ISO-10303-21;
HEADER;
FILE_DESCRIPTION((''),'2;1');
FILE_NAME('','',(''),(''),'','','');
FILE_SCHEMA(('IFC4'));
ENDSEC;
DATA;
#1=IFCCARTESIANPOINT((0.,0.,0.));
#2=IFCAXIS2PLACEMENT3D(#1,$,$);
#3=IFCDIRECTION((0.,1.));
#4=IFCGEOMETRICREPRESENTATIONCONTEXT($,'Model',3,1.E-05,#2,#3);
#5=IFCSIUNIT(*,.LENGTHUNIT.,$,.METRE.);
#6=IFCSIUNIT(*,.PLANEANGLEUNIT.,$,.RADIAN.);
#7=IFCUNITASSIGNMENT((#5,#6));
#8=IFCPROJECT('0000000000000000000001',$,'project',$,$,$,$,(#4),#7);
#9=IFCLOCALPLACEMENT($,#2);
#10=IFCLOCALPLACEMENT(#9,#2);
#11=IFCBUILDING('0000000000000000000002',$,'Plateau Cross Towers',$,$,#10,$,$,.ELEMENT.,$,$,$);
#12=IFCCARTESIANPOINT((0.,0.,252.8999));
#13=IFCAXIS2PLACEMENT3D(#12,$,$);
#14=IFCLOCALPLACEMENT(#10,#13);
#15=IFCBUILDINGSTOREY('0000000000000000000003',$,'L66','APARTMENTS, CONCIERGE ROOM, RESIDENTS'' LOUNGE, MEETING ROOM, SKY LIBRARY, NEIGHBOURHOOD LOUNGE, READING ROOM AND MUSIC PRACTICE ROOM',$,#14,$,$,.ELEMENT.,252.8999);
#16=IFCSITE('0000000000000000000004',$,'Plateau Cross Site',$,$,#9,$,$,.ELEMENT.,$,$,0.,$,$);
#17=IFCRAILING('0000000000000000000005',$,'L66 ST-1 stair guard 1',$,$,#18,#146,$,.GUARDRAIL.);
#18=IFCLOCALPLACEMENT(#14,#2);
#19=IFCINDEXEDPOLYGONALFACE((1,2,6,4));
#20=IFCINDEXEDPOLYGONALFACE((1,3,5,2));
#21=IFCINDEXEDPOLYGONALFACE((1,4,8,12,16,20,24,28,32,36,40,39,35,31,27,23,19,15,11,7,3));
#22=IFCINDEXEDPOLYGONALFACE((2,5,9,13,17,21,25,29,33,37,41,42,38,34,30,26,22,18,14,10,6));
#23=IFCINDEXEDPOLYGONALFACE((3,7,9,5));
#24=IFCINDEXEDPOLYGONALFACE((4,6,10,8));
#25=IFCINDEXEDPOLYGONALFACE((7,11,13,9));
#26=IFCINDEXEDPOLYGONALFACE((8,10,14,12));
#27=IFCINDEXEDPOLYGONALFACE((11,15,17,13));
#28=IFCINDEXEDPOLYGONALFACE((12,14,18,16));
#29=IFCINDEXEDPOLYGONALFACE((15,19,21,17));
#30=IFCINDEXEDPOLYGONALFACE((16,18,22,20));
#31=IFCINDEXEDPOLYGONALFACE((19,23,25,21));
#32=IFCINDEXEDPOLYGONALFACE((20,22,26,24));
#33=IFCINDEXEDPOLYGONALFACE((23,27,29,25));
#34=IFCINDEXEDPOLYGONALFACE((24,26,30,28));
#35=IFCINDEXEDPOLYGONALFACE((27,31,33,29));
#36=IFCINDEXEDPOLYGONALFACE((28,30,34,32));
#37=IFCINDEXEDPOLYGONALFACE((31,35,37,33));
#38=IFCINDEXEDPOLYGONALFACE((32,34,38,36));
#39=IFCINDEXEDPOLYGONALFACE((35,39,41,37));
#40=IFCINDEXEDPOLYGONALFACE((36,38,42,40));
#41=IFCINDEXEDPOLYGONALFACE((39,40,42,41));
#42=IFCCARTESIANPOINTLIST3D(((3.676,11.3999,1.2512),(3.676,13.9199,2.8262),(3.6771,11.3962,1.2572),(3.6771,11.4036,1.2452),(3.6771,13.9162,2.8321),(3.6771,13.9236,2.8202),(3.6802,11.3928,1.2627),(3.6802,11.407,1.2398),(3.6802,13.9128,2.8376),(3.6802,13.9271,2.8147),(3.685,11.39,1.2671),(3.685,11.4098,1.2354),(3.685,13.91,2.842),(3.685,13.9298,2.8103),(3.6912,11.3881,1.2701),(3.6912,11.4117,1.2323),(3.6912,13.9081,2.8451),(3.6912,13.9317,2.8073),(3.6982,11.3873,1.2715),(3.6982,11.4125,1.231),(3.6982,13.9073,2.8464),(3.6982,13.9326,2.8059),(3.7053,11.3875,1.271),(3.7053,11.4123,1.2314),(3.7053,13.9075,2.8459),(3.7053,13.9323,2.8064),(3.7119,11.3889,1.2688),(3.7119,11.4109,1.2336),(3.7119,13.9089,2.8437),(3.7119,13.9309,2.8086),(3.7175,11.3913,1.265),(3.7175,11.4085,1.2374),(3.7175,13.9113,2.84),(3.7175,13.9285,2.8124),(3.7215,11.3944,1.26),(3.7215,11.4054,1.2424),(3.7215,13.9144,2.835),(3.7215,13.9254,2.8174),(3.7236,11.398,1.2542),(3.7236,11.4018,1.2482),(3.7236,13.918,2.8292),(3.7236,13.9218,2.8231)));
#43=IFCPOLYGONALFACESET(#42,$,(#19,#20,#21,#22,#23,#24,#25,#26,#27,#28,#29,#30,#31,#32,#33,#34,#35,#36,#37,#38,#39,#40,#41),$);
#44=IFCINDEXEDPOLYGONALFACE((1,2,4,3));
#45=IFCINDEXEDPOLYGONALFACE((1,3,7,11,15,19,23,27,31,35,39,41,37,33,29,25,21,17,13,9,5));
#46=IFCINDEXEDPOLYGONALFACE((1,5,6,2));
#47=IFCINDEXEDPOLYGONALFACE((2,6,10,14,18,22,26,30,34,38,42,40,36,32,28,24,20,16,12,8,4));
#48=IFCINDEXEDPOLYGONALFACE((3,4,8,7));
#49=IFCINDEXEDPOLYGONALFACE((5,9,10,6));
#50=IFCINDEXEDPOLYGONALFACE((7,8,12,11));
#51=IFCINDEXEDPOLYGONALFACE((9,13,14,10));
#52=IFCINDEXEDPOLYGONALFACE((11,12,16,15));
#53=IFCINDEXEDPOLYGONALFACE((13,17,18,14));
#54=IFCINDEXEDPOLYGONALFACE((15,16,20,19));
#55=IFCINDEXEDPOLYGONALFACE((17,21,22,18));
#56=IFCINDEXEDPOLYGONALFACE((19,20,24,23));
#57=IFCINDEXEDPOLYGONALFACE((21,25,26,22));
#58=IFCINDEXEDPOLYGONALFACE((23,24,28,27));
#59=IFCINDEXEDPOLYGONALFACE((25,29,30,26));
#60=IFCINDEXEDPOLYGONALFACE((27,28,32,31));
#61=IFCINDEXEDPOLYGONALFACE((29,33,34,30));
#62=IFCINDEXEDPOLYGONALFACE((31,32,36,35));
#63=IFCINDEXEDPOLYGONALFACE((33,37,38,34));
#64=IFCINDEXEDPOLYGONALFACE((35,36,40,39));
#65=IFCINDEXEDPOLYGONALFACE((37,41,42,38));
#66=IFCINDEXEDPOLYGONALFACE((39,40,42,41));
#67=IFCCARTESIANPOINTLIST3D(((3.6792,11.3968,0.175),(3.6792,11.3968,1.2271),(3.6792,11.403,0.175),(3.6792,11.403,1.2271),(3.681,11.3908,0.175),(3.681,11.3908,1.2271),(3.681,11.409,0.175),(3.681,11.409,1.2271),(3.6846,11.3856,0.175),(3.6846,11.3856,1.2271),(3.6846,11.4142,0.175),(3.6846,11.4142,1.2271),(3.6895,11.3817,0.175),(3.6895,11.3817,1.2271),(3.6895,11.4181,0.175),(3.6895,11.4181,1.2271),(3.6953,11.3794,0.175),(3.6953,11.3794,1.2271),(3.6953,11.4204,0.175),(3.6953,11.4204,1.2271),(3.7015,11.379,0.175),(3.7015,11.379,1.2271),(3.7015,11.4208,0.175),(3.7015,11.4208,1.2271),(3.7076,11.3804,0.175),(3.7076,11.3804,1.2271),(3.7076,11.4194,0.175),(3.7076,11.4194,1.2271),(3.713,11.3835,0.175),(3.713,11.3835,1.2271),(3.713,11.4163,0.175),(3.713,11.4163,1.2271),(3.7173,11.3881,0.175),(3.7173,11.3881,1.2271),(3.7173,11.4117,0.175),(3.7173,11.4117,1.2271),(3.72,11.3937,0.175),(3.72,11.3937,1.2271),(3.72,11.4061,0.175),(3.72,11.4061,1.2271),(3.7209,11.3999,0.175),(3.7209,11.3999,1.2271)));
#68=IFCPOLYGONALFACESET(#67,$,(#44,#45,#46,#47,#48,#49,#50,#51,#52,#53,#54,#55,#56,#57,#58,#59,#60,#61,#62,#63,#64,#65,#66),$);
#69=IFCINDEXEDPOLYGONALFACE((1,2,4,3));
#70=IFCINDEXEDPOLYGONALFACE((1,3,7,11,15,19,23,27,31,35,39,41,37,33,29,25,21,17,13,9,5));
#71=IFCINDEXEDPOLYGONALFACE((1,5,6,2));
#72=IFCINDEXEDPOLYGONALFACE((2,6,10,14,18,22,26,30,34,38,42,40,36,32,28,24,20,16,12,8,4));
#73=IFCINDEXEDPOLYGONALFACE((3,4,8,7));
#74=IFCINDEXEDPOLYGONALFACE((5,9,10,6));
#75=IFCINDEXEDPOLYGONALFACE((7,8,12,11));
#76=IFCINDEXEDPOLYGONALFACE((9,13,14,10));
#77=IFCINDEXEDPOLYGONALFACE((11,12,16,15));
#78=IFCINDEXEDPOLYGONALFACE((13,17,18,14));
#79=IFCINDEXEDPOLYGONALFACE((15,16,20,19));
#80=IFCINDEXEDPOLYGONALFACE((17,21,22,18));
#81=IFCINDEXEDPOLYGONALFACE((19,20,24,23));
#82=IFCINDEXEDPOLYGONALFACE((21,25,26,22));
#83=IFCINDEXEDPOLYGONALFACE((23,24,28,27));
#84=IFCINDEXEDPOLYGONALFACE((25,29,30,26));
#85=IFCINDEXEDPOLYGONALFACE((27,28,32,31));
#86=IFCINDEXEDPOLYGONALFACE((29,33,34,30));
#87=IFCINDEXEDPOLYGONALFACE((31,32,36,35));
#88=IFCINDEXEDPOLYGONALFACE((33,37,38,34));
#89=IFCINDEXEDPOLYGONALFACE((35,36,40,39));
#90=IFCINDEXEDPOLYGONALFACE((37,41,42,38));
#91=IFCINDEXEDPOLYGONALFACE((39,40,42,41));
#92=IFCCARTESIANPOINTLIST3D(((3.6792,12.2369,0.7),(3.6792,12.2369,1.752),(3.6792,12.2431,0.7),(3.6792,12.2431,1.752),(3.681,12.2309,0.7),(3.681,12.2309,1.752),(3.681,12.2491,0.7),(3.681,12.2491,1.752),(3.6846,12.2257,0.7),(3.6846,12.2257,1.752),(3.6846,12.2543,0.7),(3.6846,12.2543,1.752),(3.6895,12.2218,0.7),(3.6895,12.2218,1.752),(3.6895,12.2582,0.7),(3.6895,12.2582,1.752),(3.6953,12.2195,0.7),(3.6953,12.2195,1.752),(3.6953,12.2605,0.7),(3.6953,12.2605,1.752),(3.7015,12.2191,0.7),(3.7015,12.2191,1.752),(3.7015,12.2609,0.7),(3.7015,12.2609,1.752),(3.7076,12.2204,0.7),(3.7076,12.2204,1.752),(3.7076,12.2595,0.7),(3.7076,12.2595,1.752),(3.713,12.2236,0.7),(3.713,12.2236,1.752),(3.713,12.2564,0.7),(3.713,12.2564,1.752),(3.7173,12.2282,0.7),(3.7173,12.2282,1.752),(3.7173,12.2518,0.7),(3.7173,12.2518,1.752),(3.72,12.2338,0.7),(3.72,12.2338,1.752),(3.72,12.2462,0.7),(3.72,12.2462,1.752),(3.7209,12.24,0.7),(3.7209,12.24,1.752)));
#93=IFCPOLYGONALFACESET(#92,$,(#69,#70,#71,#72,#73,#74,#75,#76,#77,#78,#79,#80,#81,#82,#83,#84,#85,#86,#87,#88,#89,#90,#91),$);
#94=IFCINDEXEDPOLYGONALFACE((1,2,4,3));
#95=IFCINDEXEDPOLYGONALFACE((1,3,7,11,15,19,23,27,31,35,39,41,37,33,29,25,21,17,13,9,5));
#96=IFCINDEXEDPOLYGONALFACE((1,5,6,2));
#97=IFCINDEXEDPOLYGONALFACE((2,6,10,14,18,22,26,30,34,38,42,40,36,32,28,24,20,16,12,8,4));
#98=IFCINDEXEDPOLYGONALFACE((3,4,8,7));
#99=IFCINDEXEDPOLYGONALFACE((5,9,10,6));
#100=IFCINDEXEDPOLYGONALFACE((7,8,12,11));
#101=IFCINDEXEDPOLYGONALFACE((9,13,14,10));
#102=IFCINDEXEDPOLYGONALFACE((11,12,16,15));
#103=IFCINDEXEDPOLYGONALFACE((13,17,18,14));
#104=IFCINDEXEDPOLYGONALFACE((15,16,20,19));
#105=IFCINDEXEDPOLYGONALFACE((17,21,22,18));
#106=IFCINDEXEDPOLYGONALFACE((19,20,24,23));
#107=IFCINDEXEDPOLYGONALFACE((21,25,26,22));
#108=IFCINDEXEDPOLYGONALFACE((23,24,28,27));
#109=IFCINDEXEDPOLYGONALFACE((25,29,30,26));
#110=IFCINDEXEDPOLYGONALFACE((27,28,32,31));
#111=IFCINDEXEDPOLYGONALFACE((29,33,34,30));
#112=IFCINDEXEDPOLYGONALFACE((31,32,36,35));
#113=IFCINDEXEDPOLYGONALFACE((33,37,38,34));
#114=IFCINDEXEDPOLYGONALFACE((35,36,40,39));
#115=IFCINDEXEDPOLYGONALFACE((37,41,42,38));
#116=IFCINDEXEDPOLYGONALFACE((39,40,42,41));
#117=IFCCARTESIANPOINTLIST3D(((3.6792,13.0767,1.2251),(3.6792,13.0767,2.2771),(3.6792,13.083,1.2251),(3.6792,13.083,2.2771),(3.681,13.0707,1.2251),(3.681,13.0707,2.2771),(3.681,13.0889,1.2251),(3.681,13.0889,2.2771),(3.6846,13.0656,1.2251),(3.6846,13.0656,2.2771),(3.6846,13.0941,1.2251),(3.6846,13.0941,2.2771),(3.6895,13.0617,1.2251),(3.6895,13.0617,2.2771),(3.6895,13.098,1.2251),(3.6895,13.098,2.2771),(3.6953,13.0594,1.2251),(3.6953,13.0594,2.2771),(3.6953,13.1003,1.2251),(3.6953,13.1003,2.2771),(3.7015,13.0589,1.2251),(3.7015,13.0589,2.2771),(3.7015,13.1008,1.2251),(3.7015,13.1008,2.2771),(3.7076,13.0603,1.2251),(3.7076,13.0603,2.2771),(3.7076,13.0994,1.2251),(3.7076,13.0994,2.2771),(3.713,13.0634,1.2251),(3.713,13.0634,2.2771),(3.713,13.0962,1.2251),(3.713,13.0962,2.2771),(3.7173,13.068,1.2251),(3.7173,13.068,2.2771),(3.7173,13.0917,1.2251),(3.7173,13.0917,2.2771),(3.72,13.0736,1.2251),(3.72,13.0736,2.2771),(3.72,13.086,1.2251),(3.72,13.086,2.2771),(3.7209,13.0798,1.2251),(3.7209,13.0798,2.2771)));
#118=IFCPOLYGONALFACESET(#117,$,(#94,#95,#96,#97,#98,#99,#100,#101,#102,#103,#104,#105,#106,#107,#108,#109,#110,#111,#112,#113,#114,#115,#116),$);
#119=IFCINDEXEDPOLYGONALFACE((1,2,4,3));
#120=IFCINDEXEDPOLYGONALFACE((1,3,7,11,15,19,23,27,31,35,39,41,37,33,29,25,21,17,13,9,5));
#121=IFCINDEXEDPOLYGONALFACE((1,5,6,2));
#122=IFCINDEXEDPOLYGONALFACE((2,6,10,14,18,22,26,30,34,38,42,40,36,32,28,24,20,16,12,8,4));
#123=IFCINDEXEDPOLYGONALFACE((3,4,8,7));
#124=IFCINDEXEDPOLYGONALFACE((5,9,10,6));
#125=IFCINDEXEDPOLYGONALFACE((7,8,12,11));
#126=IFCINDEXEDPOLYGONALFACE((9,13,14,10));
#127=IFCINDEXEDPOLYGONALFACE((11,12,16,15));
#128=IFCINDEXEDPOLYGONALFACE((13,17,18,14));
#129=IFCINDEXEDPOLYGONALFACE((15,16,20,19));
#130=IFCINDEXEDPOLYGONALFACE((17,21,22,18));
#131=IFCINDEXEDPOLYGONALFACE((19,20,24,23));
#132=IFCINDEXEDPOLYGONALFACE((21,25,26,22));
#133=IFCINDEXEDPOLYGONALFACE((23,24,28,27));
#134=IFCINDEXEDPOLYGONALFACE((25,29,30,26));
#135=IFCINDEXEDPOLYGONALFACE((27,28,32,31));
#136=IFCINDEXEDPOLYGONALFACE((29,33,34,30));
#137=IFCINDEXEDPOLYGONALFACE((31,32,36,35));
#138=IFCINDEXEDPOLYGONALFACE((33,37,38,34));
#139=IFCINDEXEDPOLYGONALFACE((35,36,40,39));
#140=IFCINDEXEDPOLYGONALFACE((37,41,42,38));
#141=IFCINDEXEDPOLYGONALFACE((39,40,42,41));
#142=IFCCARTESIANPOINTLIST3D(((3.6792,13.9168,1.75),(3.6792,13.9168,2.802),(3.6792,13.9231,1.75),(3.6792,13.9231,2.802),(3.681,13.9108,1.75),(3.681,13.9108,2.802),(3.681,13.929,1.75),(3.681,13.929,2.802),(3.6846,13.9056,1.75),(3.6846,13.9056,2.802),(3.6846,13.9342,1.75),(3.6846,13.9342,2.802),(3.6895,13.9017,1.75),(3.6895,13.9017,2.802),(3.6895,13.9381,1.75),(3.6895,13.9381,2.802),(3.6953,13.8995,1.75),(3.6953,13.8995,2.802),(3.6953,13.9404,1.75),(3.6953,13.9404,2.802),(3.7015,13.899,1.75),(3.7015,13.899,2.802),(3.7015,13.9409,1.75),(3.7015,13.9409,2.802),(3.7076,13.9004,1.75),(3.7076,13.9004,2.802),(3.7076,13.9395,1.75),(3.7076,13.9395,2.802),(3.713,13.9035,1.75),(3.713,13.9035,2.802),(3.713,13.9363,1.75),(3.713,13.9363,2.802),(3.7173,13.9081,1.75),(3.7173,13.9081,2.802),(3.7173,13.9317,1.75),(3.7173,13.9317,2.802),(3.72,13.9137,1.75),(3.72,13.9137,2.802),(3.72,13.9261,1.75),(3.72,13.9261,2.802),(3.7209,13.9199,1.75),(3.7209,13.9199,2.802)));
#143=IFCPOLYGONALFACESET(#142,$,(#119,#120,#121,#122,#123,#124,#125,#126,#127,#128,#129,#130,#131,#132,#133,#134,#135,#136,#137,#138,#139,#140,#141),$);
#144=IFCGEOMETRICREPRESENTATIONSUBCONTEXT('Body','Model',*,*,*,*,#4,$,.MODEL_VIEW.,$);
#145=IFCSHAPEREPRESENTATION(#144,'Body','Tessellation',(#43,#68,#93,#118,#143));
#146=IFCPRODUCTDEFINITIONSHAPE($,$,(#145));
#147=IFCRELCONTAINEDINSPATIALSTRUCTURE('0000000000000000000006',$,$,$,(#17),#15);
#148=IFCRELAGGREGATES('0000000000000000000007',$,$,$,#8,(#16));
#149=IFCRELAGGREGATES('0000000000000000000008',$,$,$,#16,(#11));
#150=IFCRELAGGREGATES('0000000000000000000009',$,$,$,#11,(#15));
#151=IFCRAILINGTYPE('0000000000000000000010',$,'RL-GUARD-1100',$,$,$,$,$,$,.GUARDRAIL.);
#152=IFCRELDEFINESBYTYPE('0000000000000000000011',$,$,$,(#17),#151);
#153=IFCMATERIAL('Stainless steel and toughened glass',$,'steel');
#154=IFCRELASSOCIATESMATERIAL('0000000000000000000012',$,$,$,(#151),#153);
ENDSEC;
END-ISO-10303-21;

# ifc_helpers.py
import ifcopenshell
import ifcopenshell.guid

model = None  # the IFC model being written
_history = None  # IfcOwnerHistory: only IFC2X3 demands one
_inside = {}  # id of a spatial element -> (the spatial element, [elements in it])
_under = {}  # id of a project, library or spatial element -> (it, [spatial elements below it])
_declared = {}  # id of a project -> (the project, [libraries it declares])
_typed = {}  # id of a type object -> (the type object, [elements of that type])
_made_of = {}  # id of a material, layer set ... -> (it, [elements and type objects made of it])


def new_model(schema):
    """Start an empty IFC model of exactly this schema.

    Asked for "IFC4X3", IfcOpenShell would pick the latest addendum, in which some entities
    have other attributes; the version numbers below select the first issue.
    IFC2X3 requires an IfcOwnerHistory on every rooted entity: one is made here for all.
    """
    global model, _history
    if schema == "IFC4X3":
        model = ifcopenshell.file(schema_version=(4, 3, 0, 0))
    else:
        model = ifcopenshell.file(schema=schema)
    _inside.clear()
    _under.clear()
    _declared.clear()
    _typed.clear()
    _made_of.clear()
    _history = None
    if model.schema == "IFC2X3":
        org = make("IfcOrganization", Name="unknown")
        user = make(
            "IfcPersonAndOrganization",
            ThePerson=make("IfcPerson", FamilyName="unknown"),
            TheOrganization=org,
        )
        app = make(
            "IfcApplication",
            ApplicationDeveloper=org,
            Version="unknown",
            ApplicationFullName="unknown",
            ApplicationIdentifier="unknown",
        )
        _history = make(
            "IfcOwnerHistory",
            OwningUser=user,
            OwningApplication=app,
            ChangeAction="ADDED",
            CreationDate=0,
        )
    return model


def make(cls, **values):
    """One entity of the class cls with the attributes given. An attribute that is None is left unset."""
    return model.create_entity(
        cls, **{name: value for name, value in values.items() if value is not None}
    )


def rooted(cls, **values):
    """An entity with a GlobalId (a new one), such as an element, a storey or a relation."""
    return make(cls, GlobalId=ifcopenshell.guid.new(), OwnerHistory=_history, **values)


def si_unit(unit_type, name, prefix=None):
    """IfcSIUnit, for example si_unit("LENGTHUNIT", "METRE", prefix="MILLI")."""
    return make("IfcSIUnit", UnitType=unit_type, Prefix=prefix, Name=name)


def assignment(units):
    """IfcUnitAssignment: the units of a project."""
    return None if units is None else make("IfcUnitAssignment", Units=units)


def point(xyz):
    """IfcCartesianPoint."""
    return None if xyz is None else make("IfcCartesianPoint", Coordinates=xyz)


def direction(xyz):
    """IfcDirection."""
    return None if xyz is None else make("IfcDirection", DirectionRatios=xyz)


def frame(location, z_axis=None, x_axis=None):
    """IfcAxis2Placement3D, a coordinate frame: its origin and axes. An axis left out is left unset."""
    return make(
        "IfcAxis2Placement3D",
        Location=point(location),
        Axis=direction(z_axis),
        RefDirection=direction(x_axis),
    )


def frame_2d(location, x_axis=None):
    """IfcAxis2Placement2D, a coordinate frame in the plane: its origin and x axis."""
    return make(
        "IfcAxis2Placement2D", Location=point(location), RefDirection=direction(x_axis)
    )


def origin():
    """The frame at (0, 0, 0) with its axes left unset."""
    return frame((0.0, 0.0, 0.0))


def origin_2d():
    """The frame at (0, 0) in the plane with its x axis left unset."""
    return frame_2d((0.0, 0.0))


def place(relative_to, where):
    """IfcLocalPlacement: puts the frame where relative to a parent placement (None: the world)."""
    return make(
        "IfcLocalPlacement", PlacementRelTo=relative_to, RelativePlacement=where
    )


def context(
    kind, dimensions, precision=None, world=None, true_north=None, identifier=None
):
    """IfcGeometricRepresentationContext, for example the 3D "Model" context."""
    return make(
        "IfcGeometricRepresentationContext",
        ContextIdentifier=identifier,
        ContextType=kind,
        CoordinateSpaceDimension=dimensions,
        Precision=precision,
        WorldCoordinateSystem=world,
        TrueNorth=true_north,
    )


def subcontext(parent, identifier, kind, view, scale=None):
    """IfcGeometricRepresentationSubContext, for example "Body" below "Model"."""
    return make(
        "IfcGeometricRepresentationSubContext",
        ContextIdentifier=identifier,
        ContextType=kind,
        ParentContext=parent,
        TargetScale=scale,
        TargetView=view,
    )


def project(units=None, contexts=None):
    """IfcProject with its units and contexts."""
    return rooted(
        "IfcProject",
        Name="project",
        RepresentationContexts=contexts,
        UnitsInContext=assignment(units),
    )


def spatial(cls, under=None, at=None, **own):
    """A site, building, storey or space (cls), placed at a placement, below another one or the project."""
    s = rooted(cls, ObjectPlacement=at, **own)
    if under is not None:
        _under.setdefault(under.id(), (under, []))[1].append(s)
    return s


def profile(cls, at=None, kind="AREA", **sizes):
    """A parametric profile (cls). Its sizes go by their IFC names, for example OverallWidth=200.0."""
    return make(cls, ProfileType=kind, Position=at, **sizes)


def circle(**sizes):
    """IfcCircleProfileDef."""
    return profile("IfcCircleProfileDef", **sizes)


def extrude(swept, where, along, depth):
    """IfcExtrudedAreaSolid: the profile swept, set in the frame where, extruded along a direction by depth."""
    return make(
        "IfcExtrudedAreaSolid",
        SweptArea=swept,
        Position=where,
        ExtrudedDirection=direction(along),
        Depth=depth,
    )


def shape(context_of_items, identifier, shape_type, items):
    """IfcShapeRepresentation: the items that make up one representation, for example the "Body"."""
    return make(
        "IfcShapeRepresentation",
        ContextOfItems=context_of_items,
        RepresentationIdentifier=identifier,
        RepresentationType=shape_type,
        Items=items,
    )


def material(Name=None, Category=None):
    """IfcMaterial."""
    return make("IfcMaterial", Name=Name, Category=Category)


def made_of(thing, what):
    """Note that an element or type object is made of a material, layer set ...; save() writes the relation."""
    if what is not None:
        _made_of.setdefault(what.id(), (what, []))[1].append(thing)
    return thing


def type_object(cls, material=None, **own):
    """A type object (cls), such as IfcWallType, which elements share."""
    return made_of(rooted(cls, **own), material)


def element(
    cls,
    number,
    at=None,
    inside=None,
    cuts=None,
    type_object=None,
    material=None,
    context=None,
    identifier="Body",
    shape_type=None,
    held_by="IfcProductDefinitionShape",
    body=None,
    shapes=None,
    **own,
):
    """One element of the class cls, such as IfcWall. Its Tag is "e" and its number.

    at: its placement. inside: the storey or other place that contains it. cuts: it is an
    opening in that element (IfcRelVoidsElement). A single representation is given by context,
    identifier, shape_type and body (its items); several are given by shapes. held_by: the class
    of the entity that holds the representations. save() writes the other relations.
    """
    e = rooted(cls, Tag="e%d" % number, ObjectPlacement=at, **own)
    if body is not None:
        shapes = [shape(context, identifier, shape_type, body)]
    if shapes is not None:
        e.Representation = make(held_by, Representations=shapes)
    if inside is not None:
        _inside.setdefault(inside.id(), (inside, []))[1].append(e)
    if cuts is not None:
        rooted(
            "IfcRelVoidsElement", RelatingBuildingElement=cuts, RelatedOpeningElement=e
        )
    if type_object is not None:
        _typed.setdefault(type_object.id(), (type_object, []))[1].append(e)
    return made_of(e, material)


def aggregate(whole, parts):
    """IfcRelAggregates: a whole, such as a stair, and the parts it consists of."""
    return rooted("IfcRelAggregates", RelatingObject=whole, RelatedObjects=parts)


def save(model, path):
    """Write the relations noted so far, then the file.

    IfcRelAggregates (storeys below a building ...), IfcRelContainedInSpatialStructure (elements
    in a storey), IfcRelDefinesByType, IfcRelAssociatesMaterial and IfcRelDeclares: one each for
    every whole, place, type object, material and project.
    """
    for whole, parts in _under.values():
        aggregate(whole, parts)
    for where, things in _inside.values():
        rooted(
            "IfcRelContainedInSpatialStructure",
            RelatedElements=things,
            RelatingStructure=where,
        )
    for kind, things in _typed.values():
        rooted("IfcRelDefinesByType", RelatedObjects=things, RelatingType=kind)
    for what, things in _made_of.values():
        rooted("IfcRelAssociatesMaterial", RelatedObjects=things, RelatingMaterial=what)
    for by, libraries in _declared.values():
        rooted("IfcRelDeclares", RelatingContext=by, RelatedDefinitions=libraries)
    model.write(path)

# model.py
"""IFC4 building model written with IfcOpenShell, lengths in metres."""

from ifc_helpers import new_model, si_unit, direction, frame, origin, origin_2d, place, context, subcontext, project, spatial, circle, extrude, material, type_object, element, save


model = new_model("IFC4")

# Units and contexts
model_context = context("Model", 3, precision=1e-05, world=origin(), true_north=direction((0.0, 1.0)))
body_context = subcontext(model_context, "Body", "Model", "MODEL_VIEW")
ifc_project = project(units=[si_unit("LENGTHUNIT", "METRE"), si_unit("PLANEANGLEUNIT", "RADIAN")], contexts=[model_context])

# Site, building, storey
site_placement = place(None, origin())
site = spatial("IfcSite", under=ifc_project, at=site_placement, Name="Plateau Cross Site", CompositionType="ELEMENT", RefElevation=0.0)
building_placement = place(site_placement, origin())
building = spatial("IfcBuilding", under=site, at=building_placement, Name="Plateau Cross Towers", CompositionType="ELEMENT")
storey_placement = place(building_placement, frame((0.0, 0.0, 252.8999)))
storey = spatial("IfcBuildingStorey", under=building, at=storey_placement, Name="L66", Description="APARTMENTS, CONCIERGE ROOM, RESIDENTS' LOUNGE, MEETING ROOM, SKY LIBRARY, NEIGHBOURHOOD LOUNGE, READING ROOM AND MUSIC PRACTICE ROOM", CompositionType="ELEMENT", Elevation=252.8999)

# Railing
ifc_material_1 = material(Name="Stainless steel and toughened glass", Category="steel")
railing_type_1 = type_object("IfcRailingType", Name="RL-GUARD-1100", PredefinedType="GUARDRAIL", material=ifc_material_1)
railing_1_placement = place(storey_placement, frame((3.7, 11.3999, 0.175)))
element("IfcRailing", 1, at=railing_1_placement, inside=storey, type_object=railing_type_1, Name="L66 ST-1 stair guard 1", PredefinedType="GUARDRAIL", context=body_context, shape_type="SweptSolid", body=[
    extrude(circle(Radius=0.0239, at=origin_2d()), frame((0.0, 0.0, 1.0762), z_axis=(0.0, 0.848008, 0.529984), x_axis=(-1.0, 0.0, 0.0)), (0.0, 0.0, 1.0), 2.9717),
    extrude(circle(Radius=0.021, at=origin_2d()), origin(), (0.0, 0.0, 1.0), 1.052),
    extrude(circle(Radius=0.021, at=origin_2d()), frame((0.0, 0.8401, 0.5249)), (0.0, 0.0, 1.0), 1.052),
    extrude(circle(Radius=0.021, at=origin_2d()), frame((0.0, 1.6799, 1.05)), (0.0, 0.0, 1.0), 1.052),
    extrude(circle(Radius=0.021, at=origin_2d()), frame((0.0, 2.52, 1.575)), (0.0, 0.0, 1.0), 1.052),
])

save(model, "model.ifc")
